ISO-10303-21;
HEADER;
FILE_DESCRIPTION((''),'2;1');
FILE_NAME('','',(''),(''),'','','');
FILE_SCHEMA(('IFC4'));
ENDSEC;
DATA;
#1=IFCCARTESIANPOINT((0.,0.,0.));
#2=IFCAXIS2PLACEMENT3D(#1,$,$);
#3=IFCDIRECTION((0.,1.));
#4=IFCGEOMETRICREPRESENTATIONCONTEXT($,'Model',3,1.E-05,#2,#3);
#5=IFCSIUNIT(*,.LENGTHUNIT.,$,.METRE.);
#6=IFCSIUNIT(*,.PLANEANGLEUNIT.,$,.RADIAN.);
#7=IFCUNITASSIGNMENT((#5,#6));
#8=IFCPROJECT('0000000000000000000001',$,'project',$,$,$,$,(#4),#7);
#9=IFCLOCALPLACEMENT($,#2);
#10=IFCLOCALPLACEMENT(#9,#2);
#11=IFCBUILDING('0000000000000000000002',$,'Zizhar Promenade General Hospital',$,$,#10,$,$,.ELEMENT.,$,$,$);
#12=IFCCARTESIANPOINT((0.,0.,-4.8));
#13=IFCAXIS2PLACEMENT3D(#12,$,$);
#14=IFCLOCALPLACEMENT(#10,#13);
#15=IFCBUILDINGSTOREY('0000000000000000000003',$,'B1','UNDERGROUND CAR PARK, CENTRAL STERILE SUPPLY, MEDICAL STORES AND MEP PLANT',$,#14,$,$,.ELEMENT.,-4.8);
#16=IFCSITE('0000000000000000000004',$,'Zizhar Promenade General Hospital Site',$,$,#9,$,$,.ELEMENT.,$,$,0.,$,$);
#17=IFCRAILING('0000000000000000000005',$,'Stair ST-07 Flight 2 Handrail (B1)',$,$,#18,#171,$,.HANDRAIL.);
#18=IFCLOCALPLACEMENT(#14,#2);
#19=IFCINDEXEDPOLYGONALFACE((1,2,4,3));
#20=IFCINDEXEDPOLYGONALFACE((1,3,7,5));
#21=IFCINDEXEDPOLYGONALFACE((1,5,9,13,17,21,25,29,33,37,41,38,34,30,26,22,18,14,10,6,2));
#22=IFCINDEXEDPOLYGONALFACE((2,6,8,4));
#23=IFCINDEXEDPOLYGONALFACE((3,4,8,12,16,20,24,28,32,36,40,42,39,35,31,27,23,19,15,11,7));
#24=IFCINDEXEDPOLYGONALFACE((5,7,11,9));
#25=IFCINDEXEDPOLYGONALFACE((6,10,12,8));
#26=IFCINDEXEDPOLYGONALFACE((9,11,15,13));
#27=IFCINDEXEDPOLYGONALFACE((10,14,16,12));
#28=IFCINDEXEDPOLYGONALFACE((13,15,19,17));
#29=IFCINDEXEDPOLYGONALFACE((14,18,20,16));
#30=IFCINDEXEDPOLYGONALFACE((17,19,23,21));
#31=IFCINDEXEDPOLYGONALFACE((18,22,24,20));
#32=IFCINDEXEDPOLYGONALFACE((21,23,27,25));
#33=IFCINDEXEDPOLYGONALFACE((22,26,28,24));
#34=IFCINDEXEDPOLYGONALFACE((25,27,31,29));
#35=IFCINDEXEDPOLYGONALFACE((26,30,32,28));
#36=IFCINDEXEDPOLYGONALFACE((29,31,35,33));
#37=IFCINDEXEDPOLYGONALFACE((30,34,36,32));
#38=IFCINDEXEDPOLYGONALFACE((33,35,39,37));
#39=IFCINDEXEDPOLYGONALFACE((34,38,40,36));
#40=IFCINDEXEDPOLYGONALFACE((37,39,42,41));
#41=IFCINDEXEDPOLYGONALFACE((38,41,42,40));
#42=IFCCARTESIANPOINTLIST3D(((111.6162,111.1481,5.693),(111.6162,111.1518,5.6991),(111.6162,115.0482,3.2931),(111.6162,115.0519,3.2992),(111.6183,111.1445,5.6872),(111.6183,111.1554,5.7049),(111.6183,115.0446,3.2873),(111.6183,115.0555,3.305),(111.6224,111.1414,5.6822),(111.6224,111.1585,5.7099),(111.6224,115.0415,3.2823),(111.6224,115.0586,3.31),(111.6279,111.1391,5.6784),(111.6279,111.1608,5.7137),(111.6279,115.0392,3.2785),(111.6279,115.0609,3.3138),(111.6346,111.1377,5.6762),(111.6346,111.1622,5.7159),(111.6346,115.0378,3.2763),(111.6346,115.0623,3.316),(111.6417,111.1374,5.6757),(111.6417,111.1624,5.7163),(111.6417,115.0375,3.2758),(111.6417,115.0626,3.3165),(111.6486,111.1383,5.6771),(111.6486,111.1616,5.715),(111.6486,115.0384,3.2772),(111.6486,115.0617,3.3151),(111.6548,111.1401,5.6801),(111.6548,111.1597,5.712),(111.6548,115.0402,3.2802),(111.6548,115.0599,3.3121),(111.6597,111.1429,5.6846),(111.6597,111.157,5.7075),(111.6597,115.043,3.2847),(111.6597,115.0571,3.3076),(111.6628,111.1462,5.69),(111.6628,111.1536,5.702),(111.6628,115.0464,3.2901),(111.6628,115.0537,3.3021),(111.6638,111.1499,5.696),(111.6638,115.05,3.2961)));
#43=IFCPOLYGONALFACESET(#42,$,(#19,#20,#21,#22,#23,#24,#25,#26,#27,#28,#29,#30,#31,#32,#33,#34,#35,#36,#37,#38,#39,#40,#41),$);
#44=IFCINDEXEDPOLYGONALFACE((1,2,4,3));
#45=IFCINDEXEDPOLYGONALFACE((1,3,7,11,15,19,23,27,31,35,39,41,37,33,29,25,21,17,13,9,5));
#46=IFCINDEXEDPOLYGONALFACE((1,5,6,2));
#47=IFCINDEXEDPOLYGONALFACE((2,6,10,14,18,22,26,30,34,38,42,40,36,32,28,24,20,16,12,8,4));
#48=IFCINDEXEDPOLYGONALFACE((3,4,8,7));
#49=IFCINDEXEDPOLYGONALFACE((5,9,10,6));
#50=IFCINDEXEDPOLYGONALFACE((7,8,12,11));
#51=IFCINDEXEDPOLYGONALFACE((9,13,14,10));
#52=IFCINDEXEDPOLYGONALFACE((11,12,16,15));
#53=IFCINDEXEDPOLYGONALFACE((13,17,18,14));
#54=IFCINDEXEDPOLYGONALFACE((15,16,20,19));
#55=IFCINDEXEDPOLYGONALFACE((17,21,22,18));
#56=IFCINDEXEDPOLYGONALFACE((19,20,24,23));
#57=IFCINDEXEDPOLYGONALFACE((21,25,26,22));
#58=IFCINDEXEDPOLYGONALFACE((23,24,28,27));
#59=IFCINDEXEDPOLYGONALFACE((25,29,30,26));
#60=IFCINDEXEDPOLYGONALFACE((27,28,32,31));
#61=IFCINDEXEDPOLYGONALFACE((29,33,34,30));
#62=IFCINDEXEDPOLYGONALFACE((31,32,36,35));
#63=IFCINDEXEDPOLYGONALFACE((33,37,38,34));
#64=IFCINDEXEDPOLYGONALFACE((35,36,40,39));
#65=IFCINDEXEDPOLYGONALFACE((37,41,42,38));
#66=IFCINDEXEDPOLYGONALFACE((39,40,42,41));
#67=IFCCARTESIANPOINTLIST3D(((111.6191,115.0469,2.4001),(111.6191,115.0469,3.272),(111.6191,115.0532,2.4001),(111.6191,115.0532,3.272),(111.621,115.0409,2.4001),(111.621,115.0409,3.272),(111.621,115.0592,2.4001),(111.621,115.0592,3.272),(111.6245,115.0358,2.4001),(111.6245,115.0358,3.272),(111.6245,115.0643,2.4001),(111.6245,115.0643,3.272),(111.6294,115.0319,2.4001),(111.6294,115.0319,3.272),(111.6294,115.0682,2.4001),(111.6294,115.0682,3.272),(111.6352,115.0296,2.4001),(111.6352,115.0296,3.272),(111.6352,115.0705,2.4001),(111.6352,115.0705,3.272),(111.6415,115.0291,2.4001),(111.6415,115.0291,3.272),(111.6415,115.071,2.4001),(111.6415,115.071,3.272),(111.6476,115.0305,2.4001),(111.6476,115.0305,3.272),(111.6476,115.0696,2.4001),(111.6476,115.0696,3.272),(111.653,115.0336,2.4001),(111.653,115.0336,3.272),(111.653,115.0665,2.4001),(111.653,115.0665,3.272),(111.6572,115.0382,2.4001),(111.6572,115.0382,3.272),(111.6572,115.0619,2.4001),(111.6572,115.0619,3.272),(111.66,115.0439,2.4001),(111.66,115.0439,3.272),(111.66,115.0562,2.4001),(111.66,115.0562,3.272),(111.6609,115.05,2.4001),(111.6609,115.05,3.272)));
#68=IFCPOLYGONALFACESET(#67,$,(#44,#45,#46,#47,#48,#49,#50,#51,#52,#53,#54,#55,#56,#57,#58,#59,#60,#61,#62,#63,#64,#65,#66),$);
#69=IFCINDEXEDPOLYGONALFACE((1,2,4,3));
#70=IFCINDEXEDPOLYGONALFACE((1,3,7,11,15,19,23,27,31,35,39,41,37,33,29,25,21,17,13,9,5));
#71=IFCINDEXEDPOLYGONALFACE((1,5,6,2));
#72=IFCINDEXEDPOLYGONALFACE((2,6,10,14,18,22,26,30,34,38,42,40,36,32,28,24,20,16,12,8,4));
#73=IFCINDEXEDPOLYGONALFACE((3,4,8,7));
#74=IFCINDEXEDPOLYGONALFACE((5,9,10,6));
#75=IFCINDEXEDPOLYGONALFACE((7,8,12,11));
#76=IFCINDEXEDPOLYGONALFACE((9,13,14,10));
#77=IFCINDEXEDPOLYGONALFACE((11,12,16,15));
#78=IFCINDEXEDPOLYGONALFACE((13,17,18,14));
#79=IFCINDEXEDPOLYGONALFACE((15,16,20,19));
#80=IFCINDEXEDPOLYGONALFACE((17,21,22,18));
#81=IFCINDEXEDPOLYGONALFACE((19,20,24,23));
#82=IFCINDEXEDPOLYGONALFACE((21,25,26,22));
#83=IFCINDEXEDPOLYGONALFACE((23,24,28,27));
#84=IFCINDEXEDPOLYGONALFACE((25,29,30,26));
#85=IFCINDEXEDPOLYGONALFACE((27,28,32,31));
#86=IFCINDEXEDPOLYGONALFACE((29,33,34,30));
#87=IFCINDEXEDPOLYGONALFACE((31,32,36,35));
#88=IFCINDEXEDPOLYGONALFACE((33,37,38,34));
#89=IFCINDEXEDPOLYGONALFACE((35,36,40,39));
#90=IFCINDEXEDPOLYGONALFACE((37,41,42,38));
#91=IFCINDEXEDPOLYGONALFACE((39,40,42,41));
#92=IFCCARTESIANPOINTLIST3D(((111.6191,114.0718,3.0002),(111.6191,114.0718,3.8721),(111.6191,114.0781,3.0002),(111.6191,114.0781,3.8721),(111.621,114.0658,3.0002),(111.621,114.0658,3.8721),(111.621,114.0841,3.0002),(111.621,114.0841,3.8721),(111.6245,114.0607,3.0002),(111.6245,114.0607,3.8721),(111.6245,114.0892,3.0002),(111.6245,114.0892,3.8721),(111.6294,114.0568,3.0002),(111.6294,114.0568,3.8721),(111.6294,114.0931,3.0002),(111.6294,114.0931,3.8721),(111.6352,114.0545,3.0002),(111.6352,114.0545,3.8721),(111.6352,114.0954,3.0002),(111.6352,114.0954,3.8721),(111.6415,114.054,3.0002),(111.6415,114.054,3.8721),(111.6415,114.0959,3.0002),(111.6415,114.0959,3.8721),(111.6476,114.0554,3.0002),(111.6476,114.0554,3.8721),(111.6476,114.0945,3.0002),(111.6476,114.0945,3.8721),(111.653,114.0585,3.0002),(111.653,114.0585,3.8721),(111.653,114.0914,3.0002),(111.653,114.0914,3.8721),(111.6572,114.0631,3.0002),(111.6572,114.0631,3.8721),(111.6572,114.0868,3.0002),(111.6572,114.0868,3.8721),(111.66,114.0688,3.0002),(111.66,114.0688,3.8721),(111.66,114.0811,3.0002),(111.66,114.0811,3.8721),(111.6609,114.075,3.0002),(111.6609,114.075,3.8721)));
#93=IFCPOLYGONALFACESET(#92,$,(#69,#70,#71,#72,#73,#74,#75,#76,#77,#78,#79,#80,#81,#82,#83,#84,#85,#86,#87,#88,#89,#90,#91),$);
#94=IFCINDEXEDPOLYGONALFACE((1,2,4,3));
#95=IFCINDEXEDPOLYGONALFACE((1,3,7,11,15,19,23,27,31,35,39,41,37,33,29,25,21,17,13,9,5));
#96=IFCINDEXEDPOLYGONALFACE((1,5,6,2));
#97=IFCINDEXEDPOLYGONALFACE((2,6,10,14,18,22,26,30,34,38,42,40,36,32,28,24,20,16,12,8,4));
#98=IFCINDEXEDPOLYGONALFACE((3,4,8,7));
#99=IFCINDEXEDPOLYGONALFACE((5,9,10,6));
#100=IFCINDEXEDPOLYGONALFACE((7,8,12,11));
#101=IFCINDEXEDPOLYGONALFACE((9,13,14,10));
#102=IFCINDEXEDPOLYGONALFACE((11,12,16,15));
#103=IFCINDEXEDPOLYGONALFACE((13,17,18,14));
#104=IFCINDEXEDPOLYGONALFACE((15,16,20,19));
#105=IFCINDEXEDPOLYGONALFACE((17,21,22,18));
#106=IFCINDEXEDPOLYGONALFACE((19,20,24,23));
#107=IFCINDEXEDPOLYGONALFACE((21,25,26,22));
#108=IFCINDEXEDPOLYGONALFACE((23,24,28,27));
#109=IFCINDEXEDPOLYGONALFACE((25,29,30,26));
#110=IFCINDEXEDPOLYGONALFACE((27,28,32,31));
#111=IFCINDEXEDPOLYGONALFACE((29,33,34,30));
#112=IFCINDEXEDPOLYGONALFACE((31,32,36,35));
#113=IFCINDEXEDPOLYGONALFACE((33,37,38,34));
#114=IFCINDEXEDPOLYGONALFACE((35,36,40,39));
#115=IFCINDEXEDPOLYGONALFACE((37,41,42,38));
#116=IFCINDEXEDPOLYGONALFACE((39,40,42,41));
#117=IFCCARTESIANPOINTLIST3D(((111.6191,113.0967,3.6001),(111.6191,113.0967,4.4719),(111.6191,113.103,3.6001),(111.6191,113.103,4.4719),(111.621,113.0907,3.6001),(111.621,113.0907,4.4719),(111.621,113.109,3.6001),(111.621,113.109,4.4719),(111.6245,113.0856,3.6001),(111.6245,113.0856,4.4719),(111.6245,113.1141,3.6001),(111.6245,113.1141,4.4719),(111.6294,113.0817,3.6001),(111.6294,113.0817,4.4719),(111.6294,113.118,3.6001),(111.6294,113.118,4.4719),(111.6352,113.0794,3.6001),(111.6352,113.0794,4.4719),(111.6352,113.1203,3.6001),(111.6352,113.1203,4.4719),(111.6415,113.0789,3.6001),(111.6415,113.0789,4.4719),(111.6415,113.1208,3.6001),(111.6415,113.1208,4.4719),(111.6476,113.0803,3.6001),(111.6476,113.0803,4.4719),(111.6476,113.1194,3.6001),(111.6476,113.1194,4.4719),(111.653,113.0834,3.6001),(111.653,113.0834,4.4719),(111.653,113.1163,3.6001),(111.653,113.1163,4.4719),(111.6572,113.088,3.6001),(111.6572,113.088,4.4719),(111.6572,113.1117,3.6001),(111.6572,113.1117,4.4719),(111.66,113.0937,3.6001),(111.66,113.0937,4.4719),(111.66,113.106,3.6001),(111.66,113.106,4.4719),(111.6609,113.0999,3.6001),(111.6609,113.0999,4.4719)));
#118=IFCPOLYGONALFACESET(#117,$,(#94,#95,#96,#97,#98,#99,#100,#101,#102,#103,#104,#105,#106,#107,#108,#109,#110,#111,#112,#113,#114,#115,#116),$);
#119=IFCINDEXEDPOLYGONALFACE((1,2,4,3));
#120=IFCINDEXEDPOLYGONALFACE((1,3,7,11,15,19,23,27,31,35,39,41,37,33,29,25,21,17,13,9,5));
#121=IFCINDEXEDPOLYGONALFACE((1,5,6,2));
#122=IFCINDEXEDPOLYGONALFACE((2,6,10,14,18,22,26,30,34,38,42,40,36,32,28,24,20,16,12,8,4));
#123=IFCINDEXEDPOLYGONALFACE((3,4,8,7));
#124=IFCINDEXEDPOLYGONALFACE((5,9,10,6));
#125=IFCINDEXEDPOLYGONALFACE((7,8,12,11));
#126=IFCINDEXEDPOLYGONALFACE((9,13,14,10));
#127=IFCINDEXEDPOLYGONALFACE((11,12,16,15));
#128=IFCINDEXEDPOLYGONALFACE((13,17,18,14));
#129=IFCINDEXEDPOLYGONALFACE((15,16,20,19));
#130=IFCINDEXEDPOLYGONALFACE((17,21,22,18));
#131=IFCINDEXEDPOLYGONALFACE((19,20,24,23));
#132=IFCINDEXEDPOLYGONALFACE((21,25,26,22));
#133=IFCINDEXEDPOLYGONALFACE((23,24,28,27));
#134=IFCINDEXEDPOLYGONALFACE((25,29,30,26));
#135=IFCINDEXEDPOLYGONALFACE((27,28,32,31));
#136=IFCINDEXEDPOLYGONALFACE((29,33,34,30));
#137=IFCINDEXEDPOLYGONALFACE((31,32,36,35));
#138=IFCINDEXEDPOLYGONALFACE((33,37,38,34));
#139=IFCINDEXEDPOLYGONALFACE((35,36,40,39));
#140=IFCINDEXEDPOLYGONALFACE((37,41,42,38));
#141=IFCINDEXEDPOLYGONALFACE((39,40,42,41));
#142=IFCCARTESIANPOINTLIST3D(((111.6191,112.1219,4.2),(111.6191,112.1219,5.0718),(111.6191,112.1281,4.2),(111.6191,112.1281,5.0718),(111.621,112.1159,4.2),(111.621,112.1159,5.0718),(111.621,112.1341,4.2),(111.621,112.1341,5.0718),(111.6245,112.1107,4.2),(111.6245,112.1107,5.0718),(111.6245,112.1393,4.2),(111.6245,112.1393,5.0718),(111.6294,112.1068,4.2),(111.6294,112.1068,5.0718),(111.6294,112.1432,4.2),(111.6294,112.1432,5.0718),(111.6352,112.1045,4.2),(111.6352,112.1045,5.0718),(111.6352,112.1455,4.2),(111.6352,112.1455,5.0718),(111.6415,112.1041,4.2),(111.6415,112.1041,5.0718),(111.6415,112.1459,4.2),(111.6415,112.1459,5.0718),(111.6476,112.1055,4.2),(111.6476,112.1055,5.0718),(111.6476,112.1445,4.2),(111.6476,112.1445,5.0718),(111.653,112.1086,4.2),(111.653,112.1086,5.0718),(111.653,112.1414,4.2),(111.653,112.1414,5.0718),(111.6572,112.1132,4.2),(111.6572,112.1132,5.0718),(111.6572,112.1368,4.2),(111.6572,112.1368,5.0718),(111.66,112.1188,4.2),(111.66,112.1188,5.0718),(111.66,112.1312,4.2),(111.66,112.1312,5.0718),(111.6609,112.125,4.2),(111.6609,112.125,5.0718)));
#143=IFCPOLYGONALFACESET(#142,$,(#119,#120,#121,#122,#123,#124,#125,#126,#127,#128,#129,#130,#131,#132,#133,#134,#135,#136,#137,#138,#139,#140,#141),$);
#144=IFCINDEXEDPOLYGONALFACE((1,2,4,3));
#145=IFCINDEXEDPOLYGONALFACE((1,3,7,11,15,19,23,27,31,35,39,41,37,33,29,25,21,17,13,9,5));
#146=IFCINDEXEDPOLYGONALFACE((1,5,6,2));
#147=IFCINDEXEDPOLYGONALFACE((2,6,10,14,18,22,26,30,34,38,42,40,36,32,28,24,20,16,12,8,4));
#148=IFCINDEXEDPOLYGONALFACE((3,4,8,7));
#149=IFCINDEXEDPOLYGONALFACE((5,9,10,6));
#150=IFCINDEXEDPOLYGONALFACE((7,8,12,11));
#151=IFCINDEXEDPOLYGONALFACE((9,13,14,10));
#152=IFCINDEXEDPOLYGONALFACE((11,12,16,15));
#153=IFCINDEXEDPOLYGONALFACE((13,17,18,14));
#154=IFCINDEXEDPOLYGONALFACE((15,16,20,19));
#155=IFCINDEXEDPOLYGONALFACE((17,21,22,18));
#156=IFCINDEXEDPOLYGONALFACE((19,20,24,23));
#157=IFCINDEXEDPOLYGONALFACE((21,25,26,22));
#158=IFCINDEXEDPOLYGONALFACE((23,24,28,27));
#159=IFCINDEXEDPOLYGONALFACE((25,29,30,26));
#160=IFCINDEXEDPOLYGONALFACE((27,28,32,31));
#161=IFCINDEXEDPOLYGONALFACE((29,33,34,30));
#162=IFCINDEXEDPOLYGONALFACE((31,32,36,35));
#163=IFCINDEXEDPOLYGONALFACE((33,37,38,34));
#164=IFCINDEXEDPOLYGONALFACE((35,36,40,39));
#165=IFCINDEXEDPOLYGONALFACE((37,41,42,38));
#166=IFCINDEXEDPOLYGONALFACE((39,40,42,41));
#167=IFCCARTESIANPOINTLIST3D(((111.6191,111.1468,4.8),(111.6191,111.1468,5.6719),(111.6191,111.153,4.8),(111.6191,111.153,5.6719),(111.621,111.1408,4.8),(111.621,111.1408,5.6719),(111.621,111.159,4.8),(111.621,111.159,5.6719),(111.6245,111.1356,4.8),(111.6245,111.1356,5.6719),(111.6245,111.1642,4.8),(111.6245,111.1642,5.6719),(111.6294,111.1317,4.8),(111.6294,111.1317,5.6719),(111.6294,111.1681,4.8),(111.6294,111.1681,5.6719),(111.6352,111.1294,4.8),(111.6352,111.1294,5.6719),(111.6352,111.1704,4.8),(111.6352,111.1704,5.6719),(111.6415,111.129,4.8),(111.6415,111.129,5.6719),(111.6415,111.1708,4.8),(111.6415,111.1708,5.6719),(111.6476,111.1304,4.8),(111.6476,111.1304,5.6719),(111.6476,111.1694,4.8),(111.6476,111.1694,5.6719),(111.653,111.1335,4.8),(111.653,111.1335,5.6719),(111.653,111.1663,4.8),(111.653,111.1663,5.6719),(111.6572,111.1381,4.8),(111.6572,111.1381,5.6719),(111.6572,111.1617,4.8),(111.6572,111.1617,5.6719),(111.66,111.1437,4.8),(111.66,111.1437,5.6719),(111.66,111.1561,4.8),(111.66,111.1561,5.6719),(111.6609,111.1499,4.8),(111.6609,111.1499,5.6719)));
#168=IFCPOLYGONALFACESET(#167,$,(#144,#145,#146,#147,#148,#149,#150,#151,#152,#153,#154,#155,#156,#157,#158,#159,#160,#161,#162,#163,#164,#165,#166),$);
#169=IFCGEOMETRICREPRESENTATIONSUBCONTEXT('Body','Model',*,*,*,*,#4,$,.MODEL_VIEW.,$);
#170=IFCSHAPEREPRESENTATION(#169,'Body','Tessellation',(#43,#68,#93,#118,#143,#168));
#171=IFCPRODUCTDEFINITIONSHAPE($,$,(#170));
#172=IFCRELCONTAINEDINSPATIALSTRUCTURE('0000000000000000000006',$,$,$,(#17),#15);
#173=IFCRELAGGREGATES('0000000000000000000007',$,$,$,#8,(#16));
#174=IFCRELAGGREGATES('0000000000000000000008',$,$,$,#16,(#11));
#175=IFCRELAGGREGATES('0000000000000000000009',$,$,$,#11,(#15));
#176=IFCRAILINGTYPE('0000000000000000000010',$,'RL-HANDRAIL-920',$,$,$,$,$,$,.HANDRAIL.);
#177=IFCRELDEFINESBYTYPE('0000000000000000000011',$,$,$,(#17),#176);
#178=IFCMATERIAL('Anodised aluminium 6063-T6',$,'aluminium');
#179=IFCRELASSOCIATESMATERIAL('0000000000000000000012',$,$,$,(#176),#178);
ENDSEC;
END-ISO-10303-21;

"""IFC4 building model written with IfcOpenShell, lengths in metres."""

from ifc_helpers import new_model, si_unit, direction, frame, origin, origin_2d, place, context, subcontext, project, spatial, circle, hollow_circle, extrude, material, material_profile, profile_set, type_object, element, save


model = new_model("IFC4")

# Units and contexts
model_context = context("Model", 3, precision=1e-05, world=origin(), true_north=direction((0.0, 1.0)))
body_context = subcontext(model_context, "Body", "Model", "MODEL_VIEW")
ifc_project = project(units=[si_unit("LENGTHUNIT", "METRE"), si_unit("PLANEANGLEUNIT", "RADIAN")], contexts=[model_context])

# Site, building, storey
site_placement = place(None, origin())
site = spatial("IfcSite", under=ifc_project, at=site_placement, Name="Zizhar Promenade General Hospital Site", CompositionType="ELEMENT", RefElevation=0.0)
building_placement = place(site_placement, origin())
building = spatial("IfcBuilding", under=site, at=building_placement, Name="Zizhar Promenade General Hospital", CompositionType="ELEMENT")
storey_placement = place(building_placement, frame((0.0, 0.0, -4.8)))
storey = spatial("IfcBuildingStorey", under=building, at=storey_placement, Name="B1", Description="UNDERGROUND CAR PARK, CENTRAL STERILE SUPPLY, MEDICAL STORES AND MEP PLANT", CompositionType="ELEMENT", Elevation=-4.8)

# Railing
ifc_material_1 = material(Name="Anodised aluminium 6063-T6", Category="aluminium")
ifc_material_profile_1 = material_profile(ifc_material_1, hollow_circle(Radius=0.0698, WallThickness=0.0063, at=origin_2d()))
ifc_profile_set_1 = profile_set([ifc_material_profile_1], Name="Anodised aluminium 6063-T6")
railing_type_1 = type_object("IfcRailingType", Name="RL-HANDRAIL-920", PredefinedType="HANDRAIL", material=ifc_profile_set_1)
railing_1_placement = place(storey_placement, frame((111.6399, 115.05, 2.4001)))
element("IfcRailing", 1, at=railing_1_placement, inside=storey, type_object=railing_type_1, Name="Stair ST-07 Flight 2 Handrail (B1)", PredefinedType="HANDRAIL", context=body_context, shape_type="SweptSolid", body=[
    extrude(circle(Radius=0.0239, at=origin_2d()), frame((0.0, 0.0, 0.896), z_axis=(0.0, -0.851677, 0.524068), x_axis=(1.0, 0.0, 0.0)), (0.0, 0.0, 1.0), 4.5793),
    extrude(circle(Radius=0.021, at=origin_2d()), origin(), (0.0, 0.0, 1.0), 0.8718),
    extrude(circle(Radius=0.021, at=origin_2d()), frame((0.0, -0.9751, 0.6001)), (0.0, 0.0, 1.0), 0.8718),
    extrude(circle(Radius=0.021, at=origin_2d()), frame((0.0, -1.9502, 1.2)), (0.0, 0.0, 1.0), 0.8718),
    extrude(circle(Radius=0.021, at=origin_2d()), frame((0.0, -2.925, 1.7998)), (0.0, 0.0, 1.0), 0.8718),
    extrude(circle(Radius=0.021, at=origin_2d()), frame((0.0, -3.9001, 2.3999)), (0.0, 0.0, 1.0), 0.8718),
])

save(model, "model.ifc")
